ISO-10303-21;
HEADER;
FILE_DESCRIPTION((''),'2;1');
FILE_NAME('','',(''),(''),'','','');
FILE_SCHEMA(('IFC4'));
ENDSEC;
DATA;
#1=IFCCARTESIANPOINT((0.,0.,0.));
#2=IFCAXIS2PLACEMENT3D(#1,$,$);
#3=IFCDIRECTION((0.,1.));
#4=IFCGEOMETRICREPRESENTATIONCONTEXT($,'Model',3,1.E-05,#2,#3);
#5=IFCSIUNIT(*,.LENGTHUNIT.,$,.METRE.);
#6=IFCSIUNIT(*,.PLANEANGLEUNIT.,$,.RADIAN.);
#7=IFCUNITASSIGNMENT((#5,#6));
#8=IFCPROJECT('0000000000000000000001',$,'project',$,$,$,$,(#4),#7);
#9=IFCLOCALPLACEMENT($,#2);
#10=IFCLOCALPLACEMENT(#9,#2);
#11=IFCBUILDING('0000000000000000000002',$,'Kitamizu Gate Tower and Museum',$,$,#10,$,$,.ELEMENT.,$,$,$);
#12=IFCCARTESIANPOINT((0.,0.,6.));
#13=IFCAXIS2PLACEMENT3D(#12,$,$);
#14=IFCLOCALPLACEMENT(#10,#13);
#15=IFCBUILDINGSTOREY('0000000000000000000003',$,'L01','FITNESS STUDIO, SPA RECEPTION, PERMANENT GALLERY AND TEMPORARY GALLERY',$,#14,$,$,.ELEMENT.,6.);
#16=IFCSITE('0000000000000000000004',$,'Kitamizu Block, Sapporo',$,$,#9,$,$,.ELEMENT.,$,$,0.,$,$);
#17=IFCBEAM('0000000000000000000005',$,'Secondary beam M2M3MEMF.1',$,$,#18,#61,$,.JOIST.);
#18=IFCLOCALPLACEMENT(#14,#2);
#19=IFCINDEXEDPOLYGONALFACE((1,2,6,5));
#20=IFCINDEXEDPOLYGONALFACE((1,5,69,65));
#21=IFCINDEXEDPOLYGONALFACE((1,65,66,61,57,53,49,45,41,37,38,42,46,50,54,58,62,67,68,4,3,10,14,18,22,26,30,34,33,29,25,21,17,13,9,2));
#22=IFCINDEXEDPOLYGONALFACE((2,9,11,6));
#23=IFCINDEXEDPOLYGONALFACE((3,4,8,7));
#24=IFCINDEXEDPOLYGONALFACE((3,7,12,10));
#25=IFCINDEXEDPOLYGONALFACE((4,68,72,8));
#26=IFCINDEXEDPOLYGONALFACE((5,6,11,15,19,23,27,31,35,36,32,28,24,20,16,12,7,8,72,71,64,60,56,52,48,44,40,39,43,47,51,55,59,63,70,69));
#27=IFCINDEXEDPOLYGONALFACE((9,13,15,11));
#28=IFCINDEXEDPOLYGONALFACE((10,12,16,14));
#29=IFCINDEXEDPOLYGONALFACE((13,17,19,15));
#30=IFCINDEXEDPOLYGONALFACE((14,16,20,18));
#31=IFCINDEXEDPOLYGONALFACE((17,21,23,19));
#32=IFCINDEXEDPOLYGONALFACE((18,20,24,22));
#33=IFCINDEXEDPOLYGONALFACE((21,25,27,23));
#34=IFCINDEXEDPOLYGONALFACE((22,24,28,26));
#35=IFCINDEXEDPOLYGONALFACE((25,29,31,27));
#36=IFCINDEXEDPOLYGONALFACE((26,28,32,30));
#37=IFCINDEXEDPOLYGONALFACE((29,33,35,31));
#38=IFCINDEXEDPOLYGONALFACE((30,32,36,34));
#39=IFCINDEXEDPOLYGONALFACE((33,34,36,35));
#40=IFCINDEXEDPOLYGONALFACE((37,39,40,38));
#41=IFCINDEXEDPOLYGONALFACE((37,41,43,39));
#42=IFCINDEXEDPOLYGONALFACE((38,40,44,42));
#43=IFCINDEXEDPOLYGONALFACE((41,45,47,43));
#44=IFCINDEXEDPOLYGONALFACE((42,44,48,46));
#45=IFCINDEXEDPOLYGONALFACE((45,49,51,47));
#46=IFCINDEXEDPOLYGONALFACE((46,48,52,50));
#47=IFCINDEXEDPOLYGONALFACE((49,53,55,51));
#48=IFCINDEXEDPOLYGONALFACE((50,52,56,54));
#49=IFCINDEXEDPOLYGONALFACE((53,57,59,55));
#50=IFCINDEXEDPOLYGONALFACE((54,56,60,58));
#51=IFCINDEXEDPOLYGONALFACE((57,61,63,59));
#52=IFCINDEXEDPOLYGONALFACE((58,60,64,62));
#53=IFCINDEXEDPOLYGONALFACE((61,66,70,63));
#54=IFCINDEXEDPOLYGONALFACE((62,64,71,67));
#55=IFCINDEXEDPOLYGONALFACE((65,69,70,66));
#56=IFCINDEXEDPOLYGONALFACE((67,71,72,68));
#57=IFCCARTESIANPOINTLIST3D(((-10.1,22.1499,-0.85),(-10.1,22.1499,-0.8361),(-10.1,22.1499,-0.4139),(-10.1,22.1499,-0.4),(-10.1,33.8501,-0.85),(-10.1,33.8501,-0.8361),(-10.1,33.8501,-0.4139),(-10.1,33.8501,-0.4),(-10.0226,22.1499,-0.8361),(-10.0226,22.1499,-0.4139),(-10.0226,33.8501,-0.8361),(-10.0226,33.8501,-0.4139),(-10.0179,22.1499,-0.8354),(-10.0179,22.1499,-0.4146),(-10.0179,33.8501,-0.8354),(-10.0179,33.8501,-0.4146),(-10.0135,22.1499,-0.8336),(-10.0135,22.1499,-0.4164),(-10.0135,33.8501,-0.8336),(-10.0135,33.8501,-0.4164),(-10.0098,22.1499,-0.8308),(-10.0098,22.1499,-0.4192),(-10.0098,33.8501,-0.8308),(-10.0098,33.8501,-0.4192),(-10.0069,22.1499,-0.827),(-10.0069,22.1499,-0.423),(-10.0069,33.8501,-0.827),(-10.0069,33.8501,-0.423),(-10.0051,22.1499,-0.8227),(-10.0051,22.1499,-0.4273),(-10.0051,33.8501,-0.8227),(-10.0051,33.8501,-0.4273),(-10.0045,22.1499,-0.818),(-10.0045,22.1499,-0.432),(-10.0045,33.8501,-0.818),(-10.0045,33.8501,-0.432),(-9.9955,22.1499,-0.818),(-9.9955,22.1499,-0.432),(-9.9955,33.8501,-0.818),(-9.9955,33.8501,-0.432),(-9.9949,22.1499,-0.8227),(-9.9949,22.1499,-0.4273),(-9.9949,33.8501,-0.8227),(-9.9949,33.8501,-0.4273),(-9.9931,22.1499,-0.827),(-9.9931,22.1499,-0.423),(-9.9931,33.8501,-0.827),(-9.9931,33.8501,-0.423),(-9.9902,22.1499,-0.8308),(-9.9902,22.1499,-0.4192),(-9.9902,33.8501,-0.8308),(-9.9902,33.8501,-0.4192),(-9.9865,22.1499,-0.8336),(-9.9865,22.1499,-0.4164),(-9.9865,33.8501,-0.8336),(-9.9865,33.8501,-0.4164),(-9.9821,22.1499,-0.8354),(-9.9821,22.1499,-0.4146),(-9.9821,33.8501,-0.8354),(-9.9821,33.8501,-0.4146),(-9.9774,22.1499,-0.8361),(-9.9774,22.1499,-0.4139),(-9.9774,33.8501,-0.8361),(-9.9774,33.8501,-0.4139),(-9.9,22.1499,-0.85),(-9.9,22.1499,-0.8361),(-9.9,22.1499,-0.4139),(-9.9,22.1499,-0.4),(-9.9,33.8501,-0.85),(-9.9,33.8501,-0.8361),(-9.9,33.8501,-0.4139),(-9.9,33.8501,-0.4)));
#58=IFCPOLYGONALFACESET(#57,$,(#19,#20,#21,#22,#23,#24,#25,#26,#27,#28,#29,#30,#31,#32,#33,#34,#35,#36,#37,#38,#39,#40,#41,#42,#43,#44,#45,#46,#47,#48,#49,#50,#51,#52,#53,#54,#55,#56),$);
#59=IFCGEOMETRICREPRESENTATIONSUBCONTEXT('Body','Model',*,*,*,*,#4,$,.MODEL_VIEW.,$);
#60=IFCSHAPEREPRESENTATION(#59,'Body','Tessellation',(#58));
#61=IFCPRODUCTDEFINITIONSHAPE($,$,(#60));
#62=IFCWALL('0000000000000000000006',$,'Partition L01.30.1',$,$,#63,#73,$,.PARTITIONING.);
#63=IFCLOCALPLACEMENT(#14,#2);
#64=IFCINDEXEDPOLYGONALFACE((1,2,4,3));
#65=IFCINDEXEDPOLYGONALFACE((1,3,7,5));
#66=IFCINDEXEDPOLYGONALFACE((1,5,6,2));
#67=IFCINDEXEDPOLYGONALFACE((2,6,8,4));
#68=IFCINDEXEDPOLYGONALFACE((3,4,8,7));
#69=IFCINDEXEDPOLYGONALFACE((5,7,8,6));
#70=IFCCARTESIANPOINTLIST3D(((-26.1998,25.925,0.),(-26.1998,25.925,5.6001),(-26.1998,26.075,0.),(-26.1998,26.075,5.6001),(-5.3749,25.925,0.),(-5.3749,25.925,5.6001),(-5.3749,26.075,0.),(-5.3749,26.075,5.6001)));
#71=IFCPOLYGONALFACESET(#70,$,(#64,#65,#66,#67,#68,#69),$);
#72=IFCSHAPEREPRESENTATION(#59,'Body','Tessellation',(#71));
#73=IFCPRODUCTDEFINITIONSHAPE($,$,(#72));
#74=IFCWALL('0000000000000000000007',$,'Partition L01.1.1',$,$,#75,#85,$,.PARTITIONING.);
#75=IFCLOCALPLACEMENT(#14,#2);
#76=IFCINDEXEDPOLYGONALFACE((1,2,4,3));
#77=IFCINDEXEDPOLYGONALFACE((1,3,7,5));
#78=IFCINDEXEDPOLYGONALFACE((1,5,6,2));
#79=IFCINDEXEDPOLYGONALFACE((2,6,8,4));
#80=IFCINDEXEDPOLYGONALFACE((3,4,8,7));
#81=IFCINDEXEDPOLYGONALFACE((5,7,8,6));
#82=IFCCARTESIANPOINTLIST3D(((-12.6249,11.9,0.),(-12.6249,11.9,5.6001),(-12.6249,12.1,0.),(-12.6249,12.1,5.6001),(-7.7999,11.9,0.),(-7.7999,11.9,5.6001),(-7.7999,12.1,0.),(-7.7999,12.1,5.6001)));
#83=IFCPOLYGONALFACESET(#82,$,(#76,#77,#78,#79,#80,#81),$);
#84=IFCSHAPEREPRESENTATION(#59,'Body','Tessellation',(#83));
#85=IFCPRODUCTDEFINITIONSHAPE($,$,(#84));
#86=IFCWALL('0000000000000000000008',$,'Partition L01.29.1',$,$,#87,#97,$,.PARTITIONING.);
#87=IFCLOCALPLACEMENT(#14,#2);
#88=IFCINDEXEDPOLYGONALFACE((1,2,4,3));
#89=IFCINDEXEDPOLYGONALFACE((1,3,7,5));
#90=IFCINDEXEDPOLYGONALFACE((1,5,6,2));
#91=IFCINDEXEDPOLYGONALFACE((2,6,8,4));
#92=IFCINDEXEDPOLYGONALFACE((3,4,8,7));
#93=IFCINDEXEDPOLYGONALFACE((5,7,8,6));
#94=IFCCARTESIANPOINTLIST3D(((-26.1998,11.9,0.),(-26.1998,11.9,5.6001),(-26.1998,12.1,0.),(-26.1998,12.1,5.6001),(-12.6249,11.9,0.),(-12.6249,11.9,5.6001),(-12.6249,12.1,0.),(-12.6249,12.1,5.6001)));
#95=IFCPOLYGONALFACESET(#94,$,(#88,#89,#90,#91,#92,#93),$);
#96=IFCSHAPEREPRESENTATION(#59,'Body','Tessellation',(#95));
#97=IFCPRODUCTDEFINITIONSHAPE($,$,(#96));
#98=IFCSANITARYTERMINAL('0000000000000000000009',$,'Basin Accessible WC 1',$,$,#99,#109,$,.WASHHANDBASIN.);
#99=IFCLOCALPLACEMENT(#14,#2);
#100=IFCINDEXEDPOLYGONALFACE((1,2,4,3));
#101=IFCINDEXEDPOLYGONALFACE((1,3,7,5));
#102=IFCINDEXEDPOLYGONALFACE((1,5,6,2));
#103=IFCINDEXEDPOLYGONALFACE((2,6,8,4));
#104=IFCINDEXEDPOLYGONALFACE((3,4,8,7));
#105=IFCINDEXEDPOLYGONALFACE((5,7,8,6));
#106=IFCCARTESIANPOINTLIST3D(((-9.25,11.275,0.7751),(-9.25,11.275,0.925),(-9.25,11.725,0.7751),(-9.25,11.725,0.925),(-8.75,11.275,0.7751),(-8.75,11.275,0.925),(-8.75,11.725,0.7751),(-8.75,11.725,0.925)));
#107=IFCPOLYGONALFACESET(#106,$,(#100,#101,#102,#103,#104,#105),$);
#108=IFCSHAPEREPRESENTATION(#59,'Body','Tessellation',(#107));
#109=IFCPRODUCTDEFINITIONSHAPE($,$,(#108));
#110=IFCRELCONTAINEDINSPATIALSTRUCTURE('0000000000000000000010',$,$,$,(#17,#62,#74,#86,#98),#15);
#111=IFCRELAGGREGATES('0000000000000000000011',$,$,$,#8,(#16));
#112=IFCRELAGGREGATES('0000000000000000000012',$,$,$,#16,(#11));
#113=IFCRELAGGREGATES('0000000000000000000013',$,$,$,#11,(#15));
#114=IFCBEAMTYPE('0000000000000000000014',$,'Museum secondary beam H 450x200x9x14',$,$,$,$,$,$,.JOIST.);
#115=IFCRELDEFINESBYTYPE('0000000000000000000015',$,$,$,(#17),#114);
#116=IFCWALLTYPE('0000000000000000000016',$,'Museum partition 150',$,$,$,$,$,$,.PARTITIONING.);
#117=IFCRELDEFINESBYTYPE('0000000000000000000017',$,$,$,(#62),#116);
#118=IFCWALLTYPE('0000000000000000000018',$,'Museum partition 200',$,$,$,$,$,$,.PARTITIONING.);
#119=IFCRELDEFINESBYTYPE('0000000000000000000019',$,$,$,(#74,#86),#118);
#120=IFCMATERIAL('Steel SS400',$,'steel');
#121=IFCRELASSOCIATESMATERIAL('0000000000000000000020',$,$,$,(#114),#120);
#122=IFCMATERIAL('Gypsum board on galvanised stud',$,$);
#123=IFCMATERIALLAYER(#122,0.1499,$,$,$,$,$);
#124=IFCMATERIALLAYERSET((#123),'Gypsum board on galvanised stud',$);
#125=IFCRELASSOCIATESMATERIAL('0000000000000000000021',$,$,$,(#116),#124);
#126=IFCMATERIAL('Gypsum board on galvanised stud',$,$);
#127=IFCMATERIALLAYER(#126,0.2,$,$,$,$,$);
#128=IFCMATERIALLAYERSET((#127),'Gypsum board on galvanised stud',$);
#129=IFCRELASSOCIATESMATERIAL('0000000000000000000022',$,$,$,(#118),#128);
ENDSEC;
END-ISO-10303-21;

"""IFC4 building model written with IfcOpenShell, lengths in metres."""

from ifc_helpers import new_model, si_unit, direction, frame, frame_2d, origin, origin_2d, place, context, subcontext, project, spatial, rectangle, i_section, extrude, material, layer, layer_set, material_profile, profile_set, type_object, element, save


model = new_model("IFC4")

# Units and contexts
model_context = context("Model", 3, precision=1e-05, world=origin(), true_north=direction((0.0, 1.0)))
body_context = subcontext(model_context, "Body", "Model", "MODEL_VIEW")
ifc_project = project(units=[si_unit("LENGTHUNIT", "METRE"), si_unit("PLANEANGLEUNIT", "RADIAN")], contexts=[model_context])

# Site, building, storey
site_placement = place(None, origin())
site = spatial("IfcSite", under=ifc_project, at=site_placement, Name="Kitamizu Block, Sapporo", CompositionType="ELEMENT", RefElevation=0.0)
building_placement = place(site_placement, origin())
building = spatial("IfcBuilding", under=site, at=building_placement, Name="Kitamizu Gate Tower and Museum", CompositionType="ELEMENT")
storey_placement = place(building_placement, frame((0.0, 0.0, 6.0)))
storey = spatial("IfcBuildingStorey", under=building, at=storey_placement, Name="L01", Description="FITNESS STUDIO, SPA RECEPTION, PERMANENT GALLERY AND TEMPORARY GALLERY", CompositionType="ELEMENT", Elevation=6.0)

# Beam
ifc_material_1 = material(Name="Steel SS400", Category="steel")
ifc_material_profile_1 = material_profile(ifc_material_1, i_section(OverallWidth=0.2, OverallDepth=0.45, WebThickness=0.009, FlangeThickness=0.0139, FilletRadius=0.0181, at=origin_2d()), Name="H-450x200x9x14")
ifc_profile_set_1 = profile_set([ifc_material_profile_1], Name="Steel SS400")
beam_type_1 = type_object("IfcBeamType", Name="Museum secondary beam H 450x200x9x14", PredefinedType="JOIST", material=ifc_profile_set_1)
for number, where, z_axis, x_axis, name in (
    (1, (-10.0, 22.1499, -0.625), (0.0, 1.0, 0.0), (-1.0, 0.0, 0.0), "Secondary beam M2M3MEMF.1"),
):
    element("IfcBeam", number, at=place(storey_placement, frame(where, z_axis=z_axis, x_axis=x_axis)), inside=storey, type_object=beam_type_1, Name=name, PredefinedType="JOIST", context=body_context, shape_type="SweptSolid", body=[
        extrude(i_section(OverallWidth=0.2, OverallDepth=0.45, WebThickness=0.009, FlangeThickness=0.0139, FilletRadius=0.0181, at=origin_2d()), origin(), (0.0, 0.0, 1.0), 11.7002),
    ])

# Walls
ifc_material_2 = material(Name="Gypsum board on galvanised stud")
ifc_layer_1 = layer(ifc_material_2, 0.1499)
ifc_layer_set_1 = layer_set([ifc_layer_1], Name="Gypsum board on galvanised stud")
wall_type_1 = type_object("IfcWallType", Name="Museum partition 150", PredefinedType="PARTITIONING", material=ifc_layer_set_1)
wall_1_placement = place(storey_placement, frame((-26.2, 26.0, 0.0), z_axis=(0.0, 0.0, 1.0), x_axis=(1.0, 0.0, 0.0)))
element("IfcWall", 2, at=wall_1_placement, inside=storey, type_object=wall_type_1, Name="Partition L01.30.1", PredefinedType="PARTITIONING", context=body_context, shape_type="SweptSolid", body=[
    extrude(rectangle(XDim=20.825, YDim=0.1499, at=frame_2d((10.4126, 0.0))), origin(), (0.0, 0.0, 1.0), 5.6001),
])
ifc_material_3 = material(Name="Gypsum board on galvanised stud")
ifc_layer_2 = layer(ifc_material_3, 0.2)
ifc_layer_set_2 = layer_set([ifc_layer_2], Name="Gypsum board on galvanised stud")
wall_type_2 = type_object("IfcWallType", Name="Museum partition 200", PredefinedType="PARTITIONING", material=ifc_layer_set_2)
wall_2_placement = place(storey_placement, frame((-12.625, 12.0, 0.0), z_axis=(0.0, 0.0, 1.0), x_axis=(1.0, 0.0, 0.0)))
element("IfcWall", 3, at=wall_2_placement, inside=storey, type_object=wall_type_2, Name="Partition L01.1.1", PredefinedType="PARTITIONING", context=body_context, shape_type="SweptSolid", body=[
    extrude(rectangle(XDim=4.825, YDim=0.2, at=frame_2d((2.4126, 0.0))), origin(), (0.0, 0.0, 1.0), 5.6001),
])
wall_3_placement = place(storey_placement, frame((-26.2, 12.0, 0.0), z_axis=(0.0, 0.0, 1.0), x_axis=(1.0, 0.0, 0.0)))
element("IfcWall", 4, at=wall_3_placement, inside=storey, type_object=wall_type_2, Name="Partition L01.29.1", PredefinedType="PARTITIONING", context=body_context, shape_type="SweptSolid", body=[
    extrude(rectangle(XDim=13.575, YDim=0.2, at=frame_2d((6.7876, 0.0))), origin(), (0.0, 0.0, 1.0), 5.6001),
])

# Sanitary terminal
sanitary_terminal_placement = place(storey_placement, frame((-9.0, 11.5, 0.7751), z_axis=(0.0, 0.0, 1.0), x_axis=(1.0, 0.0, 0.0)))
element("IfcSanitaryTerminal", 5, at=sanitary_terminal_placement, inside=storey, Name="Basin Accessible WC 1", PredefinedType="WASHHANDBASIN", context=body_context, shape_type="SweptSolid", body=[
    extrude(rectangle(XDim=0.5, YDim=0.45, at=origin_2d()), origin(), (0.0, 0.0, 1.0), 0.1499),
])

save(model, "model.ifc")
